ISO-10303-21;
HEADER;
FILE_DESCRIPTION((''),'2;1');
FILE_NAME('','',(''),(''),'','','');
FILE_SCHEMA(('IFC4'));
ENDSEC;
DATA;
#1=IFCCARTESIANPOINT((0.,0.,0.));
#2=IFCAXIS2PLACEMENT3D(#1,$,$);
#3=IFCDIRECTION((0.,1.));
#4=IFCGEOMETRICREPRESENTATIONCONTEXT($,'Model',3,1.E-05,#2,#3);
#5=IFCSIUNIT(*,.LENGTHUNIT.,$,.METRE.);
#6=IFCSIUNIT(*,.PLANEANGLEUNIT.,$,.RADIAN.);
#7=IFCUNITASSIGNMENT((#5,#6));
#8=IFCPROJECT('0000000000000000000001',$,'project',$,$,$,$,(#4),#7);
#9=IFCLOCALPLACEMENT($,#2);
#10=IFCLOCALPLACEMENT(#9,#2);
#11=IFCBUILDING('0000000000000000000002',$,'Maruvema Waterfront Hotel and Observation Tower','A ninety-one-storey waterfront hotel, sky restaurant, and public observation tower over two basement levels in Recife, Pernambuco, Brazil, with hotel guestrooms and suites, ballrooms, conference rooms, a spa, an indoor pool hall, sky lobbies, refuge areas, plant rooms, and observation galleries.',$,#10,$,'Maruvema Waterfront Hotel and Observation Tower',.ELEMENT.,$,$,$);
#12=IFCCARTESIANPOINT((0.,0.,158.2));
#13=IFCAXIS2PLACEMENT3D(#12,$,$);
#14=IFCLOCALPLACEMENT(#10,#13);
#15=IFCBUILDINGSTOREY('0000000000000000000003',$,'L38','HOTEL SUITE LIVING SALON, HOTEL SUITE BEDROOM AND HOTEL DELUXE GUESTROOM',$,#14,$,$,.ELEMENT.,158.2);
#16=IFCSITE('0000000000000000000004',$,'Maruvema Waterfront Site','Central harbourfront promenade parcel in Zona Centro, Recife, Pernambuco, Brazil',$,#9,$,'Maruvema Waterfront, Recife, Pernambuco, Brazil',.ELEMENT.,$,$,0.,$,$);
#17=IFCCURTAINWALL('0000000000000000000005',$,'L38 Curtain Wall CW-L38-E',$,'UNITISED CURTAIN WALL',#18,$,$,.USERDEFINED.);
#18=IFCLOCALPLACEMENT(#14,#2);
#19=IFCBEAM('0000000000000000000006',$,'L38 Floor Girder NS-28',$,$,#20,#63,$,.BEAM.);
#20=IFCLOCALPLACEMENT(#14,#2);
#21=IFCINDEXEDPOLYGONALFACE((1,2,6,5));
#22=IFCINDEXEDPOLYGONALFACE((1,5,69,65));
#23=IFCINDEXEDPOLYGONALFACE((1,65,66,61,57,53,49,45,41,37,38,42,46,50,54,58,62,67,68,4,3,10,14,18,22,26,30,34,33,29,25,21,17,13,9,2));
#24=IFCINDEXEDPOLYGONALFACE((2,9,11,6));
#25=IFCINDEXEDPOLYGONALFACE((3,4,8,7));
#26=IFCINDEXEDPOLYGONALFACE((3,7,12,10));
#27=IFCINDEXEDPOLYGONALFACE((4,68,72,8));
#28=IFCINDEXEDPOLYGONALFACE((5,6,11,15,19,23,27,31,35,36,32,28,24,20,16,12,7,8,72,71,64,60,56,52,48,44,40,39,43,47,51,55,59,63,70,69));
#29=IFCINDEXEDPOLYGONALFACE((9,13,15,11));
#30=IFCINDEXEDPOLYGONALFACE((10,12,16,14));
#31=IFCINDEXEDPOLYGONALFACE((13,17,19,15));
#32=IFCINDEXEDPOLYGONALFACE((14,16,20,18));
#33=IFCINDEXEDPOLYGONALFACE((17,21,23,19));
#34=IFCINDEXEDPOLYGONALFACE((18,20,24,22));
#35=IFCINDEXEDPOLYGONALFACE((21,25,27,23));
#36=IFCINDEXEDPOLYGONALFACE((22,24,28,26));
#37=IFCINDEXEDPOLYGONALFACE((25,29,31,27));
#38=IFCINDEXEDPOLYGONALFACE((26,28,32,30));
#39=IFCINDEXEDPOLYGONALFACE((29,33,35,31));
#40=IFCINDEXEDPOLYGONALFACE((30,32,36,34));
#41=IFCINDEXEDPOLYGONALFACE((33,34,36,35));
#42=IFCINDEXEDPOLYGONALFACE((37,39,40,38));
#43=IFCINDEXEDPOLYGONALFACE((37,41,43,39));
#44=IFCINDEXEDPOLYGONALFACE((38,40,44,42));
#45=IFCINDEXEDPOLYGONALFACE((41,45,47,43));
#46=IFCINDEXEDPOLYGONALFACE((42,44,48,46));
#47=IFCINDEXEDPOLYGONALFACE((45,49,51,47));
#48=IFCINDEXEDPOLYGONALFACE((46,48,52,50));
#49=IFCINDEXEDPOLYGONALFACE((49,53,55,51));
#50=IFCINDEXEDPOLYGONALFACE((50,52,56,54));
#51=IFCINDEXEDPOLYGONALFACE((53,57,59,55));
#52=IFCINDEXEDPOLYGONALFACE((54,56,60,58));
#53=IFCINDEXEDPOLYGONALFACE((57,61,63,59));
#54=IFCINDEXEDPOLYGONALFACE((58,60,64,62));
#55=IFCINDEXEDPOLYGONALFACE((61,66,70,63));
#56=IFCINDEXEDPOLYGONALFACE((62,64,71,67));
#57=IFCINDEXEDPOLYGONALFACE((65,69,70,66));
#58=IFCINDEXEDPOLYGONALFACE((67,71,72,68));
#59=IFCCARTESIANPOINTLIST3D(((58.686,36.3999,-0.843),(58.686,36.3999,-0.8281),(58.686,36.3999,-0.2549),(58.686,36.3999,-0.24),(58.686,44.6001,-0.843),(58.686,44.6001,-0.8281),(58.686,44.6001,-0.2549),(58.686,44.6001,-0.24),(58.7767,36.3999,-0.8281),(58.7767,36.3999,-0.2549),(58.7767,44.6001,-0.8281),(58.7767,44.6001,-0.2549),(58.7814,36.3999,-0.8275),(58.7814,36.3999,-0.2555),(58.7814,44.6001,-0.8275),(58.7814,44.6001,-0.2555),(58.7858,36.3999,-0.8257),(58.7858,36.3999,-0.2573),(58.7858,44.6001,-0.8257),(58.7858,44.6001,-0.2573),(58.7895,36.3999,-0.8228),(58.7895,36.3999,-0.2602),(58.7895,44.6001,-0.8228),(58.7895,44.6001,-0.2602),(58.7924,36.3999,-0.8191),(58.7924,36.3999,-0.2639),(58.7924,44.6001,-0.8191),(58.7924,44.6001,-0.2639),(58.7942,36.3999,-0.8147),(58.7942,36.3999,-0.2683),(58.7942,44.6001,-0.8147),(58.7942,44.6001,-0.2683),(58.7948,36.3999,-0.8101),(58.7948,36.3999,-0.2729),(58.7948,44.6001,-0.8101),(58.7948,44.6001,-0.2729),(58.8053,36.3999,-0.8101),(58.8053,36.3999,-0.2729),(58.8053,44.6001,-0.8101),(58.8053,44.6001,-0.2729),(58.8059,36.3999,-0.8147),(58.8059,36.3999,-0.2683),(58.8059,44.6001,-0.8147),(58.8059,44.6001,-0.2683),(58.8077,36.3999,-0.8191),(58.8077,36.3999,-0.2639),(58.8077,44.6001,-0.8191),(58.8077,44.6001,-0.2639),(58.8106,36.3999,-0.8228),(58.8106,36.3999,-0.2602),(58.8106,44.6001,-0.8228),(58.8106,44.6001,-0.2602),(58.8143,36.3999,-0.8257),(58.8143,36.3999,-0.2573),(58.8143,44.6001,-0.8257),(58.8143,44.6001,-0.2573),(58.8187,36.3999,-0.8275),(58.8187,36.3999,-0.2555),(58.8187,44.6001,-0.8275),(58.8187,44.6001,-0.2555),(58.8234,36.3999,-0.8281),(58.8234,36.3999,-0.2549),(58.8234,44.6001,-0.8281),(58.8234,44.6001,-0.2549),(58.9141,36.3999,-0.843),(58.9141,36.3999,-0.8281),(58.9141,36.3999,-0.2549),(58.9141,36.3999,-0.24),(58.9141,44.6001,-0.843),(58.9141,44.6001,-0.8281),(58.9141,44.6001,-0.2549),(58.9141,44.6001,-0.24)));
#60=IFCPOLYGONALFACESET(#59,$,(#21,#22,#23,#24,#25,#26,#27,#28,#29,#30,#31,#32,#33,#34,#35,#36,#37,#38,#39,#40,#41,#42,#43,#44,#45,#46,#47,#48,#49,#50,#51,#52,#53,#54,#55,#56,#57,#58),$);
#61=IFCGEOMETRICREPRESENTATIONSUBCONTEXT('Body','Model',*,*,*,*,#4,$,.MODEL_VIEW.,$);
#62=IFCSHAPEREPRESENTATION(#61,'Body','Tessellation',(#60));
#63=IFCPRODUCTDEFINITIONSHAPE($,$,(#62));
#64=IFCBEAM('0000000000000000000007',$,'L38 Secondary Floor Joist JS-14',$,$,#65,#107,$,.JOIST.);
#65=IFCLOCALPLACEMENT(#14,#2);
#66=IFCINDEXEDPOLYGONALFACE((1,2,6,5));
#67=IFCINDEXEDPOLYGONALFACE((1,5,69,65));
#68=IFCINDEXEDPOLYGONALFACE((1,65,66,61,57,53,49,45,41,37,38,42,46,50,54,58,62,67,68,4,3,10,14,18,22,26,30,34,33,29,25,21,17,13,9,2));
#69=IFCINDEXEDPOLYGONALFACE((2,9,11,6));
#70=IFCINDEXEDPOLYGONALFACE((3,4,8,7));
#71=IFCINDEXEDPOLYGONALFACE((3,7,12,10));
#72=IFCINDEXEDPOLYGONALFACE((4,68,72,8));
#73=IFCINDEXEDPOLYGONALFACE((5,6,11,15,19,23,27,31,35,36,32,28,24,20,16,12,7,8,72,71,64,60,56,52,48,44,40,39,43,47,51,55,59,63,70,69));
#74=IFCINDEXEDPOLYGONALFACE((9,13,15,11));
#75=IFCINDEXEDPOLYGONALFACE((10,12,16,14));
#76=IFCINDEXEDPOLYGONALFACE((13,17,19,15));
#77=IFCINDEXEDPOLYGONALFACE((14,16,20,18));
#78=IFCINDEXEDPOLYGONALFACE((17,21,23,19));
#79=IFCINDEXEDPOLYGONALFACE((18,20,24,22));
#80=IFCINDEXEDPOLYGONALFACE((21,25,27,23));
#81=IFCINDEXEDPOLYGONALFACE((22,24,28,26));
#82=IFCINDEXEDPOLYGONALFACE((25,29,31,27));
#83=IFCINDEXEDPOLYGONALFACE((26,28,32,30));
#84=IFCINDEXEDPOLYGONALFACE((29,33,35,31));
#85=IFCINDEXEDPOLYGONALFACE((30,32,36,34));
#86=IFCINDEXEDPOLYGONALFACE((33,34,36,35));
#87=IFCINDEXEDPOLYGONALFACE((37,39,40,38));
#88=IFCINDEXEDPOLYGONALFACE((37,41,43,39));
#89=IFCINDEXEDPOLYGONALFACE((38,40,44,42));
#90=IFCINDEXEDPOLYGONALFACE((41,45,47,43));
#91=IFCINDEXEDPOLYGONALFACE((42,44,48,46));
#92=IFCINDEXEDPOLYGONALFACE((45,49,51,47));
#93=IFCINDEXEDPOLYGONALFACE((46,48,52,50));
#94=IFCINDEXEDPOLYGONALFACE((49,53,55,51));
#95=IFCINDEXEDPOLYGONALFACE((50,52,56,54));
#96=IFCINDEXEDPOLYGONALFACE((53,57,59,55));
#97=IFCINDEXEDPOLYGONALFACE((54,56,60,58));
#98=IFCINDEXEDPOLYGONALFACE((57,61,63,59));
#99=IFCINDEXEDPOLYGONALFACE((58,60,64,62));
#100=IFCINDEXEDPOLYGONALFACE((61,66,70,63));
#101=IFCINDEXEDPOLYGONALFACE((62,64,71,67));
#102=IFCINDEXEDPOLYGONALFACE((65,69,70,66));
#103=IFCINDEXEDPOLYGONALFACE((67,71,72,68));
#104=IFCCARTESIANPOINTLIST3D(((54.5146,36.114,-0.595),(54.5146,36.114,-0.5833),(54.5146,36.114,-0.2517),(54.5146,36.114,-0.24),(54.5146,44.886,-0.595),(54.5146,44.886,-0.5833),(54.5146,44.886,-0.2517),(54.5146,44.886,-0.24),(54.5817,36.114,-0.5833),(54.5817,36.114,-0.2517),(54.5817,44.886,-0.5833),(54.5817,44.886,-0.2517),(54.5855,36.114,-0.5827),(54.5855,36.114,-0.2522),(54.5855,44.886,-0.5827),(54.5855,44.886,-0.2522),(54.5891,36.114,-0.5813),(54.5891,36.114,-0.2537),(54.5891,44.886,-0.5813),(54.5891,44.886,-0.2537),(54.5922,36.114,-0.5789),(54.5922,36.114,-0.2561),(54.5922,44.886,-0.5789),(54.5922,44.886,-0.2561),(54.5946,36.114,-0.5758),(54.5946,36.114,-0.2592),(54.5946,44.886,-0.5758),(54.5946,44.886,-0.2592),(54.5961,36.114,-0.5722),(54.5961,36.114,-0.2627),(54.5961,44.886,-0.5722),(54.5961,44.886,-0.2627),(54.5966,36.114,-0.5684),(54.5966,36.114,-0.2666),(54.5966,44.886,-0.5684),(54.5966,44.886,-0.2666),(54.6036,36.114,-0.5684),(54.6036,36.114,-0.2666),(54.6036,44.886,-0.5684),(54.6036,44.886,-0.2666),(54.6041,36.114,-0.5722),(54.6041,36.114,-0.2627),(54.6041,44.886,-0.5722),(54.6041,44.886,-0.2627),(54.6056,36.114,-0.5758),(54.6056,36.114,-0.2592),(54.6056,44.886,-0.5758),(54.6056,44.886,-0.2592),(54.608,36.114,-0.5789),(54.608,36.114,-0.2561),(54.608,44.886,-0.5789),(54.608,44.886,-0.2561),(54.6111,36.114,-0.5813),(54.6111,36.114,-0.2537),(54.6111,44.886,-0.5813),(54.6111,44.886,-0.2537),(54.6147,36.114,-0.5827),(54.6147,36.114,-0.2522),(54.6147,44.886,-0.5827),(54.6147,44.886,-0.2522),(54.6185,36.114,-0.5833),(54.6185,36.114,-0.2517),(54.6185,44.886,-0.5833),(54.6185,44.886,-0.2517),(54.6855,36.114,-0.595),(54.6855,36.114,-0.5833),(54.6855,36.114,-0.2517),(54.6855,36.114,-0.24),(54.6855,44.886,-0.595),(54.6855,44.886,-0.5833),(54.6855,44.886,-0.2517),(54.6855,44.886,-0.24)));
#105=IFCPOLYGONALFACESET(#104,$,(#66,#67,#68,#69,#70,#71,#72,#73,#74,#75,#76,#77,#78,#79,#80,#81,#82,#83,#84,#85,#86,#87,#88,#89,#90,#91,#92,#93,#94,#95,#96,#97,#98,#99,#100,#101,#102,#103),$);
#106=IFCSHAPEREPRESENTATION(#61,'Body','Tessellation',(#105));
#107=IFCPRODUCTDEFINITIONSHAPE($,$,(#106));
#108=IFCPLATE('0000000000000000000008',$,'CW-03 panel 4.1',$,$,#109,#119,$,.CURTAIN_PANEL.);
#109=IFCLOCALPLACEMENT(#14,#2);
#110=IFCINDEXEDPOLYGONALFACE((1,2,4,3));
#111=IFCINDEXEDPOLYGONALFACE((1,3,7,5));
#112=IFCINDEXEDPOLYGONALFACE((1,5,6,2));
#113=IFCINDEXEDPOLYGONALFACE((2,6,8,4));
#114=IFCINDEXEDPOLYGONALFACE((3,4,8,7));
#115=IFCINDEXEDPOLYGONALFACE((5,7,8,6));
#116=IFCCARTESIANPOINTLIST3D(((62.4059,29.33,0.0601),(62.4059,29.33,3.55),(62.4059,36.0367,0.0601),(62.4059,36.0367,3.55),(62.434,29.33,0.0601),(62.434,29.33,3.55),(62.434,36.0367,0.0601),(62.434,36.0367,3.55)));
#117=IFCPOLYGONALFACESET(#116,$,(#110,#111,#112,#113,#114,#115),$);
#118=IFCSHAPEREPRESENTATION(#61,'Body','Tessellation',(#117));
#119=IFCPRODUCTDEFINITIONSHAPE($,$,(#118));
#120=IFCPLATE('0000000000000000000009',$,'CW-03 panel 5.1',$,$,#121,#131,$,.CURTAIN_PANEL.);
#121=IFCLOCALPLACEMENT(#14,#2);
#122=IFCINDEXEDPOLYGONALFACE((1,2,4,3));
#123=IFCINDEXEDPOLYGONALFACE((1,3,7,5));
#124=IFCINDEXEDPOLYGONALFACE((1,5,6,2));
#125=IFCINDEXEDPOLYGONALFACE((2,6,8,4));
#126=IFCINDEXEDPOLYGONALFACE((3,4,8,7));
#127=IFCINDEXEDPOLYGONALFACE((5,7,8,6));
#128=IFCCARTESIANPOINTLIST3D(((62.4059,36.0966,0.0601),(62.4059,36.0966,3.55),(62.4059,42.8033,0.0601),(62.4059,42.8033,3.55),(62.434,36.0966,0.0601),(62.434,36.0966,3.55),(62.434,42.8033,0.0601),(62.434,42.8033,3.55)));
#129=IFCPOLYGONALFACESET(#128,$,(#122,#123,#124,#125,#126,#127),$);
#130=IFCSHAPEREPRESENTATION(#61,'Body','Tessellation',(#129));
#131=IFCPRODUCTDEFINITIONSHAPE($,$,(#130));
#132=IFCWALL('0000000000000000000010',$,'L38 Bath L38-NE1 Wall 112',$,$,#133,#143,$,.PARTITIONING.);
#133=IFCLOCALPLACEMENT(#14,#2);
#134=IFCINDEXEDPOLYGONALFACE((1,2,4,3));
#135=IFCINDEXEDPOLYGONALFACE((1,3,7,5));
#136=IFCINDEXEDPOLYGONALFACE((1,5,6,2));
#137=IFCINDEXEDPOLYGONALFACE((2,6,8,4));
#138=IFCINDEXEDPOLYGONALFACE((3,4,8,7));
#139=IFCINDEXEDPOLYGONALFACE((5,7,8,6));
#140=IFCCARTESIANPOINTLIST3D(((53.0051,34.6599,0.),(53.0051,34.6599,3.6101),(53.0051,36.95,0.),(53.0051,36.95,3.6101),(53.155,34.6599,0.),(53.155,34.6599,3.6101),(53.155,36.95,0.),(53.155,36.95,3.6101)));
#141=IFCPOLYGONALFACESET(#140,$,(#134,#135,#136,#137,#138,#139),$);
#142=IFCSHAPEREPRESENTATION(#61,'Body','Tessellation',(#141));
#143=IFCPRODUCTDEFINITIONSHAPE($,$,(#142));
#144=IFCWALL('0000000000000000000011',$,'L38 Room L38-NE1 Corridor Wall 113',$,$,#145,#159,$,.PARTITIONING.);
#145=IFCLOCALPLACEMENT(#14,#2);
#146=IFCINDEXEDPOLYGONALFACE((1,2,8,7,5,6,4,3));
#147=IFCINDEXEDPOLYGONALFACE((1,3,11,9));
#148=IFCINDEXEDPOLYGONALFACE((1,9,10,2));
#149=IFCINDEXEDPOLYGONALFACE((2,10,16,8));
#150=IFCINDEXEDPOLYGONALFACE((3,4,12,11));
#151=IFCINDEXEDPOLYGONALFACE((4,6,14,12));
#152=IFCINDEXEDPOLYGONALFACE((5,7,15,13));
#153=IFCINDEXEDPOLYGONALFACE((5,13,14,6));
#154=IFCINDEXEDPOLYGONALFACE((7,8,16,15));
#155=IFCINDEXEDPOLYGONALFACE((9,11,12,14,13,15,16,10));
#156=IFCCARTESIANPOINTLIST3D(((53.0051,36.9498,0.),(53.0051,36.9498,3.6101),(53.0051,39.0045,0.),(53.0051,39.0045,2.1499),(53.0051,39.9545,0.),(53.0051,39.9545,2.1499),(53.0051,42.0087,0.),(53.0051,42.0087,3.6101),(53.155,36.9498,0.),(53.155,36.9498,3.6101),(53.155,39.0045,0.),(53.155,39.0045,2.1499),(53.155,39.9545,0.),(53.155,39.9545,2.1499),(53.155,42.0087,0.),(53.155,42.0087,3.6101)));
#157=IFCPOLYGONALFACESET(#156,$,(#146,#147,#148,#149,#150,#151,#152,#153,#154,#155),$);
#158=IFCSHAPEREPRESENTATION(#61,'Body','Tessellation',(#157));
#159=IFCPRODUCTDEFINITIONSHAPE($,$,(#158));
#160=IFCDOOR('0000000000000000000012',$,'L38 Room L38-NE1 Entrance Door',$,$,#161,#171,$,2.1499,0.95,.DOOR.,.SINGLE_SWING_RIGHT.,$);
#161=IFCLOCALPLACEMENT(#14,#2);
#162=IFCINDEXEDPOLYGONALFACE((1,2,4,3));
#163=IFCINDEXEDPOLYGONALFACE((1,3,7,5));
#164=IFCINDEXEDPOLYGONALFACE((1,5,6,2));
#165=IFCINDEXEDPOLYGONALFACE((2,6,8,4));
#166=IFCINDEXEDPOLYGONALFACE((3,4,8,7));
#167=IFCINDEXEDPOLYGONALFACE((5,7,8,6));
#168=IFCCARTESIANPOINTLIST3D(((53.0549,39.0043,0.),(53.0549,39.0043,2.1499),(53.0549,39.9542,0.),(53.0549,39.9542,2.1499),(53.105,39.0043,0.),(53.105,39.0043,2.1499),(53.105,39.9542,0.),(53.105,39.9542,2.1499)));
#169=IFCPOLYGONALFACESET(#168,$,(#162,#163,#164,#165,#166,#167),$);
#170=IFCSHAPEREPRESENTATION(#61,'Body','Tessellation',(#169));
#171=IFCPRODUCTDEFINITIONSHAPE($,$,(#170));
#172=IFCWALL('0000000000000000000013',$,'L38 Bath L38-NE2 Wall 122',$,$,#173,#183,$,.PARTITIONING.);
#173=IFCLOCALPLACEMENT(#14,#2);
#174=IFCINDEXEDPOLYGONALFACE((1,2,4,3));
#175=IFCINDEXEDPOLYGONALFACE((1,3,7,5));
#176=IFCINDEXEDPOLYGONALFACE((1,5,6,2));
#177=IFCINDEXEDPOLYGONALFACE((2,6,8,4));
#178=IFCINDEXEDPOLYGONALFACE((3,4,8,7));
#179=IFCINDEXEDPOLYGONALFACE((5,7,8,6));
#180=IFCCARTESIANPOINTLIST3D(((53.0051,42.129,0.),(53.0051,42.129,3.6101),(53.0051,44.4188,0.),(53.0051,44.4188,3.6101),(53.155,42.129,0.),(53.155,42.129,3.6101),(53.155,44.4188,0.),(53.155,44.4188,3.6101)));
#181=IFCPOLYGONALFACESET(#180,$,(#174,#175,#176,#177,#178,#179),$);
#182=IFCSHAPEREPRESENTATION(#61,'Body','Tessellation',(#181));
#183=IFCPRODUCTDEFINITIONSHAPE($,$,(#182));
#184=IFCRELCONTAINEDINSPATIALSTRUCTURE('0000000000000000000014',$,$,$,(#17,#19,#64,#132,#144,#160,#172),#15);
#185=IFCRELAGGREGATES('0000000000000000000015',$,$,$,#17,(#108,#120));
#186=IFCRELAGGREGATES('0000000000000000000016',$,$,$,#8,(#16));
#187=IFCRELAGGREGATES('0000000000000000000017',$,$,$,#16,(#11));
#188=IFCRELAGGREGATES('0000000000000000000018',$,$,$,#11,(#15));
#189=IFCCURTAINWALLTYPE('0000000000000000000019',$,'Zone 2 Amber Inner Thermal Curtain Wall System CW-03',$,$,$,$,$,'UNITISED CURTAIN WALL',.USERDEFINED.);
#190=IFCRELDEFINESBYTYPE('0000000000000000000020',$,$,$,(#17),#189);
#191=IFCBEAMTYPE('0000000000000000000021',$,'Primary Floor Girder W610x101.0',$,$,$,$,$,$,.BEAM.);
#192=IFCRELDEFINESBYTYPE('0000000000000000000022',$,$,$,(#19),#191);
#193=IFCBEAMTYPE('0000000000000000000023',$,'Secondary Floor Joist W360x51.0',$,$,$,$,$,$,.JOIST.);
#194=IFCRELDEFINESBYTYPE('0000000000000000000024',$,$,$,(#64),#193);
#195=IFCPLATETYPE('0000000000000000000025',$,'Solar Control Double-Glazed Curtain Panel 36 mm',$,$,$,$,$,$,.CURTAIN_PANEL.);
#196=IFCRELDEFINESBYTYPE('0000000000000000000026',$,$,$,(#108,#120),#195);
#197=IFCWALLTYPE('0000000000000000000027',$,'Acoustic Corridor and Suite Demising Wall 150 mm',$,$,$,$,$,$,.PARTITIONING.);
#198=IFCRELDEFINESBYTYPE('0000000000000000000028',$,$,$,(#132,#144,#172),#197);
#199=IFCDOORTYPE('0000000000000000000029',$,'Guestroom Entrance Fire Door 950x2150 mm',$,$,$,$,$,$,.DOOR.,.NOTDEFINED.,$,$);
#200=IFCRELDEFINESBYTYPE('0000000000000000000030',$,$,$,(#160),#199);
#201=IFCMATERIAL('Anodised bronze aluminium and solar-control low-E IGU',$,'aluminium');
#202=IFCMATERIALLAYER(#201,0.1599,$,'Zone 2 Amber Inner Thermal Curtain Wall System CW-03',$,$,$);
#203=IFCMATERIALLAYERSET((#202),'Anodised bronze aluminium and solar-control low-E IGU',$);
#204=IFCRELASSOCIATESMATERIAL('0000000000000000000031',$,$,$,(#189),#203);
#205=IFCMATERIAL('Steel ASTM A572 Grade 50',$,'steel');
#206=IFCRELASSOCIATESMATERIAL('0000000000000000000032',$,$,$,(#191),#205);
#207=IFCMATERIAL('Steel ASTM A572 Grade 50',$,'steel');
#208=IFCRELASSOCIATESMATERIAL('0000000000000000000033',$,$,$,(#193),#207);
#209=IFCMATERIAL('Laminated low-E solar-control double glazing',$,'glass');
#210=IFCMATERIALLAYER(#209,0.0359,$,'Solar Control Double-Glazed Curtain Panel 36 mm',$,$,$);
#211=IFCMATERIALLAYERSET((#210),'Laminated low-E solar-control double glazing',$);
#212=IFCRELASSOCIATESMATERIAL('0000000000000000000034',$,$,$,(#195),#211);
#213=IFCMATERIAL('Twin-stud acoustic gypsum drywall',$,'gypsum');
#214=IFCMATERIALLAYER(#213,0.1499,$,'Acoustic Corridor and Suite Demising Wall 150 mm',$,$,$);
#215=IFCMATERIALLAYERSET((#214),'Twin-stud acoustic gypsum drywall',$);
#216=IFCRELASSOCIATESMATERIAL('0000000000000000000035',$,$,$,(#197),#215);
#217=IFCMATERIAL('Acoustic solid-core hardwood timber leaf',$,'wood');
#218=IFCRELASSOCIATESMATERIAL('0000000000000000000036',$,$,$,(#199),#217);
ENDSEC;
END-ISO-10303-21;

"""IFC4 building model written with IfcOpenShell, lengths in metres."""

from ifc_helpers import new_model, si_unit, direction, frame, frame_2d, origin, origin_2d, place, context, subcontext, project, spatial, rectangle, i_section, extrude, material, layer, layer_set, material_profile, profile_set, type_object, element, fill, aggregate, save


model = new_model("IFC4")

# Units and contexts
model_context = context("Model", 3, precision=1e-05, world=origin(), true_north=direction((0.0, 1.0)))
body_context = subcontext(model_context, "Body", "Model", "MODEL_VIEW")
ifc_project = project(units=[si_unit("LENGTHUNIT", "METRE"), si_unit("PLANEANGLEUNIT", "RADIAN")], contexts=[model_context])

# Site, building, storey
site_placement = place(None, origin())
site = spatial("IfcSite", under=ifc_project, at=site_placement, Name="Maruvema Waterfront Site", Description="Central harbourfront promenade parcel in Zona Centro, Recife, Pernambuco, Brazil", LongName="Maruvema Waterfront, Recife, Pernambuco, Brazil", CompositionType="ELEMENT", RefElevation=0.0)
building_placement = place(site_placement, origin())
building = spatial("IfcBuilding", under=site, at=building_placement, Name="Maruvema Waterfront Hotel and Observation Tower", Description="A ninety-one-storey waterfront hotel, sky restaurant, and public observation tower over two basement levels in Recife, Pernambuco, Brazil, with hotel guestrooms and suites, ballrooms, conference rooms, a spa, an indoor pool hall, sky lobbies, refuge areas, plant rooms, and observation galleries.", LongName="Maruvema Waterfront Hotel and Observation Tower", CompositionType="ELEMENT")
storey_placement = place(building_placement, frame((0.0, 0.0, 158.2)))
storey = spatial("IfcBuildingStorey", under=building, at=storey_placement, Name="L38", Description="HOTEL SUITE LIVING SALON, HOTEL SUITE BEDROOM AND HOTEL DELUXE GUESTROOM", CompositionType="ELEMENT", Elevation=158.2)

# Curtain wall
ifc_material_1 = material(Name="Anodised bronze aluminium and solar-control low-E IGU", Category="aluminium")
ifc_layer_1 = layer(ifc_material_1, 0.1599, Name="Zone 2 Amber Inner Thermal Curtain Wall System CW-03")
ifc_layer_set_1 = layer_set([ifc_layer_1], Name="Anodised bronze aluminium and solar-control low-E IGU")
curtain_wall_type = type_object("IfcCurtainWallType", Name="Zone 2 Amber Inner Thermal Curtain Wall System CW-03", ElementType="UNITISED CURTAIN WALL", PredefinedType="USERDEFINED", material=ifc_layer_set_1)
curtain_wall_placement = place(storey_placement, origin())
curtain_wall = element("IfcCurtainWall", 1, at=curtain_wall_placement, inside=storey, type_object=curtain_wall_type, Name="L38 Curtain Wall CW-L38-E", ObjectType="UNITISED CURTAIN WALL", PredefinedType="USERDEFINED")

# Beams
ifc_material_2 = material(Name="Steel ASTM A572 Grade 50", Category="steel")
ifc_material_profile_1 = material_profile(ifc_material_2, i_section(OverallWidth=0.228, OverallDepth=0.603, WebThickness=0.0105, FlangeThickness=0.0149, FilletRadius=0.0181, at=origin_2d()), Name="W610x101.0")
ifc_profile_set_1 = profile_set([ifc_material_profile_1], Name="Steel ASTM A572 Grade 50")
beam_type_1 = type_object("IfcBeamType", Name="Primary Floor Girder W610x101.0", PredefinedType="BEAM", material=ifc_profile_set_1)
beam_1_placement = place(storey_placement, frame((58.8, 36.3999, -0.5415), z_axis=(0.0, 1.0, 0.0), x_axis=(-1.0, 0.0, 0.0)))
element("IfcBeam", 2, at=beam_1_placement, inside=storey, type_object=beam_type_1, Name="L38 Floor Girder NS-28", PredefinedType="BEAM", context=body_context, shape_type="SweptSolid", body=[
    extrude(i_section(OverallWidth=0.228, OverallDepth=0.603, WebThickness=0.0105, FlangeThickness=0.0149, FilletRadius=0.0181, at=origin_2d()), origin(), (0.0, 0.0, 1.0), 8.2002),
])
ifc_material_3 = material(Name="Steel ASTM A572 Grade 50", Category="steel")
ifc_material_profile_2 = material_profile(ifc_material_3, i_section(OverallWidth=0.1709, OverallDepth=0.355, WebThickness=0.0071, FlangeThickness=0.0117, FilletRadius=0.0149, at=origin_2d()), Name="W360x51.0")
ifc_profile_set_2 = profile_set([ifc_material_profile_2], Name="Steel ASTM A572 Grade 50")
beam_type_2 = type_object("IfcBeamType", Name="Secondary Floor Joist W360x51.0", PredefinedType="JOIST", material=ifc_profile_set_2)
beam_2_placement = place(storey_placement, frame((54.6001, 36.114, -0.4175), z_axis=(0.0, 1.0, 0.0), x_axis=(-1.0, 0.0, 0.0)))
element("IfcBeam", 3, at=beam_2_placement, inside=storey, type_object=beam_type_2, Name="L38 Secondary Floor Joist JS-14", PredefinedType="JOIST", context=body_context, shape_type="SweptSolid", body=[
    extrude(i_section(OverallWidth=0.1709, OverallDepth=0.355, WebThickness=0.0071, FlangeThickness=0.0117, FilletRadius=0.0149, at=origin_2d()), origin(), (0.0, 0.0, 1.0), 8.772),
])

# Plates
ifc_material_4 = material(Name="Laminated low-E solar-control double glazing", Category="glass")
ifc_layer_2 = layer(ifc_material_4, 0.0359, Name="Solar Control Double-Glazed Curtain Panel 36 mm")
ifc_layer_set_2 = layer_set([ifc_layer_2], Name="Laminated low-E solar-control double glazing")
plate_type = type_object("IfcPlateType", Name="Solar Control Double-Glazed Curtain Panel 36 mm", PredefinedType="CURTAIN_PANEL", material=ifc_layer_set_2)
plate_1_placement = place(storey_placement, frame((62.4199, 32.6833, 0.0601), z_axis=(0.0, 0.0, 1.0), x_axis=(0.0, 1.0, 0.0)))
plate_1 = element("IfcPlate", 4, at=plate_1_placement, type_object=plate_type, Name="CW-03 panel 4.1", PredefinedType="CURTAIN_PANEL", context=body_context, shape_type="SweptSolid", body=[
    extrude(rectangle(XDim=6.7068, YDim=0.0281, at=origin_2d()), origin(), (0.0, 0.0, 1.0), 3.49),
])
plate_2_placement = place(storey_placement, frame((62.4199, 39.45, 0.0601), z_axis=(0.0, 0.0, 1.0), x_axis=(0.0, 1.0, 0.0)))
plate_2 = element("IfcPlate", 5, at=plate_2_placement, type_object=plate_type, Name="CW-03 panel 5.1", PredefinedType="CURTAIN_PANEL", context=body_context, shape_type="SweptSolid", body=[
    extrude(rectangle(XDim=6.7068, YDim=0.0281, at=origin_2d()), origin(), (0.0, 0.0, 1.0), 3.49),
])
aggregate(curtain_wall, [plate_1, plate_2])

# Wall
ifc_material_5 = material(Name="Twin-stud acoustic gypsum drywall", Category="gypsum")
ifc_layer_3 = layer(ifc_material_5, 0.1499, Name="Acoustic Corridor and Suite Demising Wall 150 mm")
ifc_layer_set_3 = layer_set([ifc_layer_3], Name="Twin-stud acoustic gypsum drywall")
wall_type_1 = type_object("IfcWallType", Name="Acoustic Corridor and Suite Demising Wall 150 mm", PredefinedType="PARTITIONING", material=ifc_layer_set_3)
wall_1_placement = place(storey_placement, frame((53.0801, 34.6599, 0.0), z_axis=(0.0, 0.0, 1.0), x_axis=(0.0, 1.0, 0.0)))
element("IfcWall", 6, at=wall_1_placement, inside=storey, type_object=wall_type_1, Name="L38 Bath L38-NE1 Wall 112", PredefinedType="PARTITIONING", context=body_context, shape_type="SweptSolid", body=[
    extrude(rectangle(XDim=2.29, YDim=0.1499, at=frame_2d((1.145, 0.0))), origin(), (0.0, 0.0, 1.0), 3.6101),
])

# Wall, opening, door
wall_2_placement = place(storey_placement, frame((53.0801, 36.95, 0.0), z_axis=(0.0, 0.0, 1.0), x_axis=(0.0, 1.0, 0.0)))
wall_2 = element("IfcWall", 7, at=wall_2_placement, inside=storey, type_object=wall_type_1, Name="L38 Room L38-NE1 Corridor Wall 113", PredefinedType="PARTITIONING", context=body_context, shape_type="SweptSolid", body=[
    extrude(rectangle(XDim=5.0588, YDim=0.1499, at=frame_2d((2.5293, 0.0))), origin(), (0.0, 0.0, 1.0), 3.6101),
])
opening_1_placement = place(wall_2_placement, frame((2.0544, 0.0, 0.0)))
opening_1 = element("IfcOpeningElement", 8, at=opening_1_placement, cuts=wall_2, PredefinedType="OPENING", context=body_context, shape_type="SweptSolid", body=[
    extrude(rectangle(XDim=0.95, YDim=2.1499, at=frame_2d((0.4751, 1.075))), frame((0.0, 0.085, 0.0), z_axis=(0.0, -1.0, 0.0), x_axis=(1.0, 0.0, 0.0)), (0.0, 0.0, 1.0), 0.1699),
])
ifc_material_6 = material(Name="Acoustic solid-core hardwood timber leaf", Category="wood")
door_type_1 = type_object("IfcDoorType", Name="Guestroom Entrance Fire Door 950x2150 mm", OperationType="NOTDEFINED", PredefinedType="DOOR", material=ifc_material_6)
door_1_placement = place(opening_1_placement, frame((0.95, 0.0, 0.0), z_axis=(0.0, 0.0, 1.0), x_axis=(-1.0, 0.0, 0.0)))
door_1 = element("IfcDoor", 9, at=door_1_placement, inside=storey, type_object=door_type_1, Name="L38 Room L38-NE1 Entrance Door", OperationType="SINGLE_SWING_RIGHT", OverallHeight=2.1499, OverallWidth=0.95, PredefinedType="DOOR", context=body_context, shape_type="SweptSolid", body=[
    extrude(rectangle(XDim=0.95, YDim=2.1499, at=frame_2d((0.4751, 1.075))), frame((0.0, 0.0249, 0.0), z_axis=(0.0, -1.0, 0.0), x_axis=(1.0, 0.0, 0.0)), (0.0, 0.0, 1.0), 0.05),
])
fill(opening_1, door_1)

# Wall
wall_3_placement = place(storey_placement, frame((53.0801, 42.1289, 0.0), z_axis=(0.0, 0.0, 1.0), x_axis=(0.0, 1.0, 0.0)))
element("IfcWall", 10, at=wall_3_placement, inside=storey, type_object=wall_type_1, Name="L38 Bath L38-NE2 Wall 122", PredefinedType="PARTITIONING", context=body_context, shape_type="SweptSolid", body=[
    extrude(rectangle(XDim=2.2898, YDim=0.1499, at=frame_2d((1.145, 0.0))), origin(), (0.0, 0.0, 1.0), 3.6101),
])

save(model, "model.ifc")
